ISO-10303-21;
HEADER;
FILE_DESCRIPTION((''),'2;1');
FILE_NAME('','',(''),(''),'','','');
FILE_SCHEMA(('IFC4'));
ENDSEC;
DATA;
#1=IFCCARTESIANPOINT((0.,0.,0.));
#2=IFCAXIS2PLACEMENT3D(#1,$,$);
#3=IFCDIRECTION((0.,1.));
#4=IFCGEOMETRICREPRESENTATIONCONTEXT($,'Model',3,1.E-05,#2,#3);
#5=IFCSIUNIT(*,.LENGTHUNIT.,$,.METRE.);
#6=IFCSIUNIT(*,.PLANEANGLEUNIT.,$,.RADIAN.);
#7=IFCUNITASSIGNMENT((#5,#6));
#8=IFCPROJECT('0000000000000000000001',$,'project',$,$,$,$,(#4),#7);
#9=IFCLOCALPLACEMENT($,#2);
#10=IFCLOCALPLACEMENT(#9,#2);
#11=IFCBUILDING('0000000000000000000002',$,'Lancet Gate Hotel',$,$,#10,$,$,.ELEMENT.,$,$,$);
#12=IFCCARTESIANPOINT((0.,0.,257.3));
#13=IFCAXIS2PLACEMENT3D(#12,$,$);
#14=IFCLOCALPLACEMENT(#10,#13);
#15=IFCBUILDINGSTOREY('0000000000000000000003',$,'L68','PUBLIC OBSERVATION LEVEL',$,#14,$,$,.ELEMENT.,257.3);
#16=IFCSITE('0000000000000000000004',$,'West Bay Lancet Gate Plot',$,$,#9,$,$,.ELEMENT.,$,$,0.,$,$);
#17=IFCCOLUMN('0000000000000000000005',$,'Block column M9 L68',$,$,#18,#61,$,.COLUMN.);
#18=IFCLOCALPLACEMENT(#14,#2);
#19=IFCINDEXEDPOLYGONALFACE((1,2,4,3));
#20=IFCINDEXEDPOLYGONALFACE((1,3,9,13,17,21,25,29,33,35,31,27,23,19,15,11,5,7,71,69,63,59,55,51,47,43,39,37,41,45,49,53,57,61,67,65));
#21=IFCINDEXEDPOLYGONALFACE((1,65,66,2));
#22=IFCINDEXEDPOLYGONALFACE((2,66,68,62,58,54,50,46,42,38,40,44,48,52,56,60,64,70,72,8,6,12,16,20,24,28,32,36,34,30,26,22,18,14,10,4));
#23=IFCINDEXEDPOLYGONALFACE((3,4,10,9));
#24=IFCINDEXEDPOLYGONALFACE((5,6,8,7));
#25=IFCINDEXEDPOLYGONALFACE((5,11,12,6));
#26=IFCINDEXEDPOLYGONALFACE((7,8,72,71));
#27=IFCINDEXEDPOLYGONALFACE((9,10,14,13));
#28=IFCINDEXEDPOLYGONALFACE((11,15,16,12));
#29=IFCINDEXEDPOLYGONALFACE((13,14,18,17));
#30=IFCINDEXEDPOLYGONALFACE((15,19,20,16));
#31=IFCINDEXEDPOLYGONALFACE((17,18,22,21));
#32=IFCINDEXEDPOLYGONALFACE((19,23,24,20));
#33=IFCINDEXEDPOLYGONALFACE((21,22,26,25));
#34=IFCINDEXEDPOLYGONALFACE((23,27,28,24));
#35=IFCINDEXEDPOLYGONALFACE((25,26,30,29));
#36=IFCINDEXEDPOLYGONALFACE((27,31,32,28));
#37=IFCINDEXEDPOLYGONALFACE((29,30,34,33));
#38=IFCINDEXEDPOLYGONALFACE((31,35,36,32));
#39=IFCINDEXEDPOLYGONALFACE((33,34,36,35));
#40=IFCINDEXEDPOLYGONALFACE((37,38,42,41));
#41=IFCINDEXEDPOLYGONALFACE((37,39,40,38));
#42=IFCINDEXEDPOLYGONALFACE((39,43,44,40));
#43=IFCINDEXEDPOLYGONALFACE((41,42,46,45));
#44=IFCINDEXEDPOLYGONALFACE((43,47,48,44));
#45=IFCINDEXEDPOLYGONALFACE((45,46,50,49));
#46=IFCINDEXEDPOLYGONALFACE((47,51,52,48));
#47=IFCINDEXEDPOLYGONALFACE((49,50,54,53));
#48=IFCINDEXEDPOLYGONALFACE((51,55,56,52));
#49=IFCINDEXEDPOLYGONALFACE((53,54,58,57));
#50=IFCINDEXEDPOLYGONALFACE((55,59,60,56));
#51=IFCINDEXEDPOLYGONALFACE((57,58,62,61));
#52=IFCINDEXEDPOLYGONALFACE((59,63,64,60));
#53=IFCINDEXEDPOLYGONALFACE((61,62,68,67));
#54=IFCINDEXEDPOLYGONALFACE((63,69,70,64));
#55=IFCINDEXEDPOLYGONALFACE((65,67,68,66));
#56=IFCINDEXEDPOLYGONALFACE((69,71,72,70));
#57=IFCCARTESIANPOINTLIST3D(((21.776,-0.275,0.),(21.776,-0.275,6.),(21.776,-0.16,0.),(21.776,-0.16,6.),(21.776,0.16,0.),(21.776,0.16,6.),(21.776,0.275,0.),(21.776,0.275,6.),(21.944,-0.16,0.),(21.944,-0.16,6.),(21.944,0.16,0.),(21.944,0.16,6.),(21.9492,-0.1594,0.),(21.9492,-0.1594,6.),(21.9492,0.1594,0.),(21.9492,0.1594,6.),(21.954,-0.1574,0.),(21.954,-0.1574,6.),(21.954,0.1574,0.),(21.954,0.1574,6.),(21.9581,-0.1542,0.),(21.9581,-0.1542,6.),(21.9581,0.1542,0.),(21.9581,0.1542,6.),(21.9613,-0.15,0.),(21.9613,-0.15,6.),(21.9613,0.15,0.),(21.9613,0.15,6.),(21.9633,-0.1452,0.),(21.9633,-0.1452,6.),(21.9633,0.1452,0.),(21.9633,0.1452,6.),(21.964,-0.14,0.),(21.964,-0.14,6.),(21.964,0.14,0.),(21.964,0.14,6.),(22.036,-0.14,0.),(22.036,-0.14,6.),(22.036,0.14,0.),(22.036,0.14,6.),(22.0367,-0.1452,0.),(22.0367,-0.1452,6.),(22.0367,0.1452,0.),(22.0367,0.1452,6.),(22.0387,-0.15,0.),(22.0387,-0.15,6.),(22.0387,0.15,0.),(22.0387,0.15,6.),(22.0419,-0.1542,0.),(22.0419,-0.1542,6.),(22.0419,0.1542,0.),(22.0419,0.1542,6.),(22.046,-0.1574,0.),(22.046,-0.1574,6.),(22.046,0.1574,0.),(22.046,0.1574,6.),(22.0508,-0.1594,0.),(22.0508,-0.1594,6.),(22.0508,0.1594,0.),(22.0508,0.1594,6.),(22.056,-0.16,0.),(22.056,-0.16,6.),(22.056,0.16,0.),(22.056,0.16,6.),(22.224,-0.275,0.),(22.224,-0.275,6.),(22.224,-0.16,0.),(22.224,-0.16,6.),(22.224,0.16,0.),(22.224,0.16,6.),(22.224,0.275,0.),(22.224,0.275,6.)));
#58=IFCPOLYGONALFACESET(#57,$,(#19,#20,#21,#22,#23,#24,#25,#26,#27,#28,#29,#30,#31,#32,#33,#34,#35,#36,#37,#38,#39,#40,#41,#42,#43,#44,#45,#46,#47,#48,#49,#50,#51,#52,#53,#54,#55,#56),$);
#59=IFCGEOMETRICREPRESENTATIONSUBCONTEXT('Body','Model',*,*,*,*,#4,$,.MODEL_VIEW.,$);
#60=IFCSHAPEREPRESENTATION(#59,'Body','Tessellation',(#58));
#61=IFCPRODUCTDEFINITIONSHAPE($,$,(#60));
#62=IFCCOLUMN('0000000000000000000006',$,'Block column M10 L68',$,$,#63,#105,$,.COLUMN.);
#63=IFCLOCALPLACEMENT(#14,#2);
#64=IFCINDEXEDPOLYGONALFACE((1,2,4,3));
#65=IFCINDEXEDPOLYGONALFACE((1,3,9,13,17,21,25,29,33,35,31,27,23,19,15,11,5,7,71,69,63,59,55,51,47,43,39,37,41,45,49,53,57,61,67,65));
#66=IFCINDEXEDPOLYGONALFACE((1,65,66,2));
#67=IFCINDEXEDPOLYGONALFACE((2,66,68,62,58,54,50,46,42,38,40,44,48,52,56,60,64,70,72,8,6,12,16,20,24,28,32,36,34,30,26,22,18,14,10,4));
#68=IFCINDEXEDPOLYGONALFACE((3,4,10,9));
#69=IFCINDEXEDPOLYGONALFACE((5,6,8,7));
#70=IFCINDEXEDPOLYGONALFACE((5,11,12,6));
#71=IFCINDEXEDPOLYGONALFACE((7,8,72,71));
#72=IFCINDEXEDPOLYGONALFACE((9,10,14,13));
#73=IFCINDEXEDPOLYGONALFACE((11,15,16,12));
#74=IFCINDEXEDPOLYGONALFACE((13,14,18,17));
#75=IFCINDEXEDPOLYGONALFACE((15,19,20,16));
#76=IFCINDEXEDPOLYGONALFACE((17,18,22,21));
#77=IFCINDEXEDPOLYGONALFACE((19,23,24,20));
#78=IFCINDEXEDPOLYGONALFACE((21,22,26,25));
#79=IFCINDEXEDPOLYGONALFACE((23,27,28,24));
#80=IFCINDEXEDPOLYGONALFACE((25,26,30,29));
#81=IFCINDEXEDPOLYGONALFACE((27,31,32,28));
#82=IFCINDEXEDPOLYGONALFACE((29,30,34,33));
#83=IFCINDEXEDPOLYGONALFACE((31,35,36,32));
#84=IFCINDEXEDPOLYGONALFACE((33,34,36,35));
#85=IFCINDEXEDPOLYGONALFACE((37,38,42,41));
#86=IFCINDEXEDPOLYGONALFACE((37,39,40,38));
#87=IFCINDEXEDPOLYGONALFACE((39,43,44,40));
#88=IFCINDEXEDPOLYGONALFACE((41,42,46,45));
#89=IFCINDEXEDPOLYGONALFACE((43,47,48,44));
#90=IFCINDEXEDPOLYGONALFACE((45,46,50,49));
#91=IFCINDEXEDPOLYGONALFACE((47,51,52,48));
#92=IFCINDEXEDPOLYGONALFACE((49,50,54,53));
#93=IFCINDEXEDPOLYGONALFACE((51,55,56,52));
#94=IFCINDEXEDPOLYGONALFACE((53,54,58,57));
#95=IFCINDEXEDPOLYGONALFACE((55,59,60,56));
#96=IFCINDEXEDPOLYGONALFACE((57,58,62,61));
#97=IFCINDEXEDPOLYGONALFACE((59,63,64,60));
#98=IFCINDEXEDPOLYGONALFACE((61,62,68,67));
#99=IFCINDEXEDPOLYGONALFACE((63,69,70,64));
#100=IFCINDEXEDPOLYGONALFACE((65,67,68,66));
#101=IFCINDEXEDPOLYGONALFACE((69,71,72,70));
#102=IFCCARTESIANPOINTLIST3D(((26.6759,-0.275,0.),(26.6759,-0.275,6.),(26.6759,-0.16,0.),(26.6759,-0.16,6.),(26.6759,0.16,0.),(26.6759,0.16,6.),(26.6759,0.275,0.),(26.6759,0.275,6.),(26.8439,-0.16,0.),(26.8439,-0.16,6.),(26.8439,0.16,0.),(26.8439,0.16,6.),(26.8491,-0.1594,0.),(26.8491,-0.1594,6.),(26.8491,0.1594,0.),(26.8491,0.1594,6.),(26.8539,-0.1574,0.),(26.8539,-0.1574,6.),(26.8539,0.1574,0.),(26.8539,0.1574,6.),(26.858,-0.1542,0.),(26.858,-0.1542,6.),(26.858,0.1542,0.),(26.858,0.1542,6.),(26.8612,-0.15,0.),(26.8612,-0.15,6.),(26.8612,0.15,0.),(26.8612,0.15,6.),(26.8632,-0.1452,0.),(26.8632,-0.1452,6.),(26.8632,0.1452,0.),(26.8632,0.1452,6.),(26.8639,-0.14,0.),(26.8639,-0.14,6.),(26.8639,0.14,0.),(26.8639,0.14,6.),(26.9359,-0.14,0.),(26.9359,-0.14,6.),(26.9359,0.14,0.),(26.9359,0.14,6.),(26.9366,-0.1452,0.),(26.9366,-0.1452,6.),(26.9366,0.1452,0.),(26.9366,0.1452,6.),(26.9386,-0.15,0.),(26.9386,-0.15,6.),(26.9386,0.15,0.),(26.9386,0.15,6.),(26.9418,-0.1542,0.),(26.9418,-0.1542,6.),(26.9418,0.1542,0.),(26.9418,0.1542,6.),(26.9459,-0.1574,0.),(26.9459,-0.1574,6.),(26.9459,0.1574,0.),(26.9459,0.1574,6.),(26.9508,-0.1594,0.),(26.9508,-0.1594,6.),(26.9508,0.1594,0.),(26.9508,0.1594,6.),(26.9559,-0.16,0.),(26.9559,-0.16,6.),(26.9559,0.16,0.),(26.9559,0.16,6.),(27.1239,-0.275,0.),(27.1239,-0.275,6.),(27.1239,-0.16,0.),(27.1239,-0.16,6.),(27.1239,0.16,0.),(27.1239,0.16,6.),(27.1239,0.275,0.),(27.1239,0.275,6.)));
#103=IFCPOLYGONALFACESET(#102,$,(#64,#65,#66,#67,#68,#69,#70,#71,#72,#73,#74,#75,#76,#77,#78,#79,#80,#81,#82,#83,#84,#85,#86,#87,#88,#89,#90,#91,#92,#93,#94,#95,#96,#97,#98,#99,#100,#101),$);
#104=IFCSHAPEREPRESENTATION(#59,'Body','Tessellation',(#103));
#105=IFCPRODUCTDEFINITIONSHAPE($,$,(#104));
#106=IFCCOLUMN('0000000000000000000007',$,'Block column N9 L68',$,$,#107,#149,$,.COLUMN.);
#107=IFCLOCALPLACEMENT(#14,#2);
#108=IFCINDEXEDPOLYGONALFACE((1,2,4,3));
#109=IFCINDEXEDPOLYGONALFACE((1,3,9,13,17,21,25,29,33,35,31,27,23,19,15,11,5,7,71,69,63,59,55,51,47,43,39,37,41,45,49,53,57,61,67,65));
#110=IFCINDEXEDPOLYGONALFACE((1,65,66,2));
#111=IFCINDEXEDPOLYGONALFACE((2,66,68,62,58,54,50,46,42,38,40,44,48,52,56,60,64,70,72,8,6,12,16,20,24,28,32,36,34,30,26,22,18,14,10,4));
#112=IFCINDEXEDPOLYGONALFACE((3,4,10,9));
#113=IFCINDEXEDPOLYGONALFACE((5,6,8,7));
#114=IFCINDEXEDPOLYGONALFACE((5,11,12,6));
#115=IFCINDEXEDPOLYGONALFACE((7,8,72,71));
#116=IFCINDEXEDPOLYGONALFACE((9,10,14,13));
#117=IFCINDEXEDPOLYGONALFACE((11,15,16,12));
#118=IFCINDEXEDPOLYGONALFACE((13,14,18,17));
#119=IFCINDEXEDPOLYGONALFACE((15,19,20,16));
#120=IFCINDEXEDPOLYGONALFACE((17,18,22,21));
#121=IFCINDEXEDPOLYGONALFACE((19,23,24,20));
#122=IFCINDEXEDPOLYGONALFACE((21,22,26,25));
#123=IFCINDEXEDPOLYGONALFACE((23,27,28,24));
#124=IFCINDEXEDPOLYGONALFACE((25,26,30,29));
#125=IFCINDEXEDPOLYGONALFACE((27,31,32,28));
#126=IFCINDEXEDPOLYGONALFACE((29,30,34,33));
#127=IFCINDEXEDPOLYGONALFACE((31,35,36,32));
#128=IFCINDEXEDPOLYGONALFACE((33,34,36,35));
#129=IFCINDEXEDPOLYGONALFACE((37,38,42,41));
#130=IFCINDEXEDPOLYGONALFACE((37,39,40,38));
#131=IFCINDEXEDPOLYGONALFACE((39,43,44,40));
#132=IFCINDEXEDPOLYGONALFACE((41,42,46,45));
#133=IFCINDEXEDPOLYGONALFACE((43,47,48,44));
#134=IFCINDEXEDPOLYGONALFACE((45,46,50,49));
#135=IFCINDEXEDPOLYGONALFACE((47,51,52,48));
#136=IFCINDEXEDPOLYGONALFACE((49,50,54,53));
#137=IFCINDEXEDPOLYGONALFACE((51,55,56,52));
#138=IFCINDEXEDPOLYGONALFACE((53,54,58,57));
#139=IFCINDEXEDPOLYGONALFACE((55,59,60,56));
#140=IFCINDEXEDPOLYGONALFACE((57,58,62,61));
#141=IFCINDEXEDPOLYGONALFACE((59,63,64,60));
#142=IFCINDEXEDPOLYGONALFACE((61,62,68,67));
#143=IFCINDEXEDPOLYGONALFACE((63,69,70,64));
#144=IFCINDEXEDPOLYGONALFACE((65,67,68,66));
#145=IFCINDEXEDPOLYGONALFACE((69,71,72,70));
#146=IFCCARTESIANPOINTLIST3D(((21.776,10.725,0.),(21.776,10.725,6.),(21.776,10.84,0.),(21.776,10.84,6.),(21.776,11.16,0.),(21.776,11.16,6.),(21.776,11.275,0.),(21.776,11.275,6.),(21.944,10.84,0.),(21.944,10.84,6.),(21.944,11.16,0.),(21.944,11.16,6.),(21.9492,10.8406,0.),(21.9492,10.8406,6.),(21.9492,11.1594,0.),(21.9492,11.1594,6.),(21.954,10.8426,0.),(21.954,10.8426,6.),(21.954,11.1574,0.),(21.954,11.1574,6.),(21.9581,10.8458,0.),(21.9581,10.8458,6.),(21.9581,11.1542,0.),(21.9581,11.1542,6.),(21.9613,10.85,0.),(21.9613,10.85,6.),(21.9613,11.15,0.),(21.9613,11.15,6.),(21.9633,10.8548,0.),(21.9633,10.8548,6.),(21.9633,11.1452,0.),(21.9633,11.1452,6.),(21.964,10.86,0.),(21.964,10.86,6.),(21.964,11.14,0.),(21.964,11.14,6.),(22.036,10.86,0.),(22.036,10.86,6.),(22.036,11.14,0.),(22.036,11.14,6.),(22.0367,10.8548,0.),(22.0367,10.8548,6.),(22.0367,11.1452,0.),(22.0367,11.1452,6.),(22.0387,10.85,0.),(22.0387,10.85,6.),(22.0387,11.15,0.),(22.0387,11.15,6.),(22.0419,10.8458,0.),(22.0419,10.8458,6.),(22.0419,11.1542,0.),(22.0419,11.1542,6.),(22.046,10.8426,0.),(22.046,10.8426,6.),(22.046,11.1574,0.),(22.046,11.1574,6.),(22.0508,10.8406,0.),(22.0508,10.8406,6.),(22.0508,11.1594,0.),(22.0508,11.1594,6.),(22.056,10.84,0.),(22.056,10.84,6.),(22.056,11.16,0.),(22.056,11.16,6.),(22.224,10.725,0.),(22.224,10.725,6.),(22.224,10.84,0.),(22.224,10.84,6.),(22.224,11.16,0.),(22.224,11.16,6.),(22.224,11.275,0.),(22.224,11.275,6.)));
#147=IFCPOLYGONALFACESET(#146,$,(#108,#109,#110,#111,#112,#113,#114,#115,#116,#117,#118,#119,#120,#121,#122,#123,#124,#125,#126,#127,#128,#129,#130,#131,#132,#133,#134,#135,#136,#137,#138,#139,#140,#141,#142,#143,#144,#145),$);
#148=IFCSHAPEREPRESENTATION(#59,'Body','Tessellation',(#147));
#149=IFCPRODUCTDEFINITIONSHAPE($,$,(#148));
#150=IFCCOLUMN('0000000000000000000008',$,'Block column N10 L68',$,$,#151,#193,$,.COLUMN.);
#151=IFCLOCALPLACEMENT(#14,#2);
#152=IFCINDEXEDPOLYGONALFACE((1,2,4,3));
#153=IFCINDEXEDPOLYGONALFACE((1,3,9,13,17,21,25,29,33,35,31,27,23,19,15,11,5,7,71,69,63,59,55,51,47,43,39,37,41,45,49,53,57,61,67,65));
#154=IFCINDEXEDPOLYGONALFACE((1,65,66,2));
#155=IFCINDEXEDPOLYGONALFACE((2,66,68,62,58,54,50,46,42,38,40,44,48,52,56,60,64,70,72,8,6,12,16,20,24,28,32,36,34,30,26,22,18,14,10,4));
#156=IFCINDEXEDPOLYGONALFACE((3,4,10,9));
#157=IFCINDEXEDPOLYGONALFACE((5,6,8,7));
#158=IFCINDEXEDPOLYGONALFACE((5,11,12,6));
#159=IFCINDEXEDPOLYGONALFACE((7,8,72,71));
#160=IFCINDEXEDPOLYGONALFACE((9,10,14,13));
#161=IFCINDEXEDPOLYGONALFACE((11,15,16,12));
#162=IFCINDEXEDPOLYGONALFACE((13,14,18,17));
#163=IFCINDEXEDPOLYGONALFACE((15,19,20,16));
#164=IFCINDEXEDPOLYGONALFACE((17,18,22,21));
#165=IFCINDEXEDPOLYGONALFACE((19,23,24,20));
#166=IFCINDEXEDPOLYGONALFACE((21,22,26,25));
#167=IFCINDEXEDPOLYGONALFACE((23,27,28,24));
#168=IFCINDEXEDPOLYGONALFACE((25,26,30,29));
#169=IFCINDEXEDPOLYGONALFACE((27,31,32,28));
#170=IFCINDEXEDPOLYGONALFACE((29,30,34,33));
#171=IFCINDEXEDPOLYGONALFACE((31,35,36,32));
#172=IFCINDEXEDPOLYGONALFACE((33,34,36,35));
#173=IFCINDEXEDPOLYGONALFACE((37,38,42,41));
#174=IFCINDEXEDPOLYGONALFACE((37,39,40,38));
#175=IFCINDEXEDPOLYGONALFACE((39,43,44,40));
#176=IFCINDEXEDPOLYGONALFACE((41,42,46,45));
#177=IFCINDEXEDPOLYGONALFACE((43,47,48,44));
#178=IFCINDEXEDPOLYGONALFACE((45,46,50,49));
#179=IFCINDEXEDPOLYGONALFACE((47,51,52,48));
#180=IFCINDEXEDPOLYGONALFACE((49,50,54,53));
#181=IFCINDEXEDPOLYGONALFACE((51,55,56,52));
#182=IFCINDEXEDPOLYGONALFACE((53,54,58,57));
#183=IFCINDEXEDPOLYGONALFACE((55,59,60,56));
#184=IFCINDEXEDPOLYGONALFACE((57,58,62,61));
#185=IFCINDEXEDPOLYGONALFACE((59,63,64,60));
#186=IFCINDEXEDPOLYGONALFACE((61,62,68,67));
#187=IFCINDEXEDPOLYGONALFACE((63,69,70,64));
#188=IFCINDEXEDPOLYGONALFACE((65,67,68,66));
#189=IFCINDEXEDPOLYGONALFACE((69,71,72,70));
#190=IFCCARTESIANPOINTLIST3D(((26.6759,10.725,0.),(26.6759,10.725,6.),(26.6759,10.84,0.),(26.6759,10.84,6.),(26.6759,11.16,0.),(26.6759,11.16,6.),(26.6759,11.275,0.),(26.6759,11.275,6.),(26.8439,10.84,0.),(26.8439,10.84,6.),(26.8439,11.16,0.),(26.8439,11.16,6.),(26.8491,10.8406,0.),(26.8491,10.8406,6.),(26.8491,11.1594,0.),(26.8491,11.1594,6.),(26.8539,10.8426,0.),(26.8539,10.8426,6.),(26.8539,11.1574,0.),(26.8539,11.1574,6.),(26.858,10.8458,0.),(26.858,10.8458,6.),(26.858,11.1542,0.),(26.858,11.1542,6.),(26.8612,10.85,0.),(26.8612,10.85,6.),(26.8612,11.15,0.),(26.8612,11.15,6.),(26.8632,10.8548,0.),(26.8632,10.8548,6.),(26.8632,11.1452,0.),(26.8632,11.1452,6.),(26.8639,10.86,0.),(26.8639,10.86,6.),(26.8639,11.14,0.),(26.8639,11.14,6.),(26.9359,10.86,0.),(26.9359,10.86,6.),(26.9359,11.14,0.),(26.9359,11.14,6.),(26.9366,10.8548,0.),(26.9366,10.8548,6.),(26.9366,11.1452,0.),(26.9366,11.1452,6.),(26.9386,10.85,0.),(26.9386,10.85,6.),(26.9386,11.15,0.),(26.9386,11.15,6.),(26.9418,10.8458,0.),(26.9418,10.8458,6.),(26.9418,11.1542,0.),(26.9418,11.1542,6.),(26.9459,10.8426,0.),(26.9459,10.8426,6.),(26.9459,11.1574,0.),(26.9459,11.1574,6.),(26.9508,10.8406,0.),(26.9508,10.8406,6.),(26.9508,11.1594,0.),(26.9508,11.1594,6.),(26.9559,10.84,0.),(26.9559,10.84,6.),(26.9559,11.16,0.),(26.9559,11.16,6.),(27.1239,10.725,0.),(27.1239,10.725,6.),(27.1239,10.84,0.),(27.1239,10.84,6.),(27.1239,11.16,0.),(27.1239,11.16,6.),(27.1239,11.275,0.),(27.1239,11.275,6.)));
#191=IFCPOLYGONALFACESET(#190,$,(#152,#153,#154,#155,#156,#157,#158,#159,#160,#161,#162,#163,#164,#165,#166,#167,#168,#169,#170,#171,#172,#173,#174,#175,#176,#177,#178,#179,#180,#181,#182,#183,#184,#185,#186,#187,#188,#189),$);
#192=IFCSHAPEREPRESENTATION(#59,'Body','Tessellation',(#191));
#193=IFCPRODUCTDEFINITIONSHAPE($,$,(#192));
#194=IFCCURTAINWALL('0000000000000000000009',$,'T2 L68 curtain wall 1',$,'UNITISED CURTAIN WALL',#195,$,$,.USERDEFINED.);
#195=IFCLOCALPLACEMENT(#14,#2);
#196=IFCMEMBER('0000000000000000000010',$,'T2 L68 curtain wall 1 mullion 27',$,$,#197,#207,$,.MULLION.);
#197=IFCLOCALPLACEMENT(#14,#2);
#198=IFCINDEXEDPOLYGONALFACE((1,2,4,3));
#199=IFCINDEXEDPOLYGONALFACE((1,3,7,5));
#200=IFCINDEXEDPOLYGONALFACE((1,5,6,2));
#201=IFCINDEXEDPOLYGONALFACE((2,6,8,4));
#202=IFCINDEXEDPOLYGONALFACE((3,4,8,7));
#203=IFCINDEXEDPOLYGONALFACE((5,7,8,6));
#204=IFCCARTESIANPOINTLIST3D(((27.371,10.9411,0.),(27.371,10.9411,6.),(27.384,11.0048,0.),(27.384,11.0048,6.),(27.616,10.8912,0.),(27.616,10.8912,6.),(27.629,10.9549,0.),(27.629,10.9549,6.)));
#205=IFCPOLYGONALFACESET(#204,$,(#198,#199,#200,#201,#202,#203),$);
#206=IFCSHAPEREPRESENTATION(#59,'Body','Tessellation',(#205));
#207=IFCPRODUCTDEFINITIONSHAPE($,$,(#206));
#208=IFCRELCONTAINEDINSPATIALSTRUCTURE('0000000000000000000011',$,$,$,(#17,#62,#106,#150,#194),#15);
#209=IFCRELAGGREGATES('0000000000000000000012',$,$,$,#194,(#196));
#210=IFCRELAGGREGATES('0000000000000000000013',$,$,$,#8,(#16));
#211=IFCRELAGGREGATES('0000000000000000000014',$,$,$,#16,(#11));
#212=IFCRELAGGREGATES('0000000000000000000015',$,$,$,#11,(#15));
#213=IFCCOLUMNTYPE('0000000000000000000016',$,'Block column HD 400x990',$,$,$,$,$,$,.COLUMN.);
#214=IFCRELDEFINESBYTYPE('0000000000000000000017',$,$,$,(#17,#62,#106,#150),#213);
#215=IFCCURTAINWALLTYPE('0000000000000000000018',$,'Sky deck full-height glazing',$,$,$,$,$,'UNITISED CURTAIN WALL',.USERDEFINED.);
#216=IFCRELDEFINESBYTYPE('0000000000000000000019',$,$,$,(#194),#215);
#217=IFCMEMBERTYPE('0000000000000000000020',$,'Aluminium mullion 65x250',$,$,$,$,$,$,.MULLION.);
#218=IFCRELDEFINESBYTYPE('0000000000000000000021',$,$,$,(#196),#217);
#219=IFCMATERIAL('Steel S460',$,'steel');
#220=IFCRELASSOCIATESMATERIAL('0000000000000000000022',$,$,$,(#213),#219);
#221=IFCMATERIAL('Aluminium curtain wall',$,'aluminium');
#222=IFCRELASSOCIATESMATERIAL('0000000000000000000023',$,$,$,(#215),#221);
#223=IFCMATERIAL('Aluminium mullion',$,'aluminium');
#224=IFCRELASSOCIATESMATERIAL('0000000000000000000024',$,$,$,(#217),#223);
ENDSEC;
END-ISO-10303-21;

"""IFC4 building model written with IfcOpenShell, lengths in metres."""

from ifc_helpers import new_model, si_unit, direction, frame, origin, origin_2d, place, context, subcontext, project, spatial, rectangle, i_section, extrude, material, material_profile, profile_set, type_object, element, aggregate, save


model = new_model("IFC4")

# Units and contexts
model_context = context("Model", 3, precision=1e-05, world=origin(), true_north=direction((0.0, 1.0)))
body_context = subcontext(model_context, "Body", "Model", "MODEL_VIEW")
ifc_project = project(units=[si_unit("LENGTHUNIT", "METRE"), si_unit("PLANEANGLEUNIT", "RADIAN")], contexts=[model_context])

# Site, building, storey
site_placement = place(None, origin())
site = spatial("IfcSite", under=ifc_project, at=site_placement, Name="West Bay Lancet Gate Plot", CompositionType="ELEMENT", RefElevation=0.0)
building_placement = place(site_placement, origin())
building = spatial("IfcBuilding", under=site, at=building_placement, Name="Lancet Gate Hotel", CompositionType="ELEMENT")
storey_placement = place(building_placement, frame((0.0, 0.0, 257.3)))
storey = spatial("IfcBuildingStorey", under=building, at=storey_placement, Name="L68", Description="PUBLIC OBSERVATION LEVEL", CompositionType="ELEMENT", Elevation=257.3)

# Columns
ifc_material_1 = material(Name="Steel S460", Category="steel")
ifc_material_profile_1 = material_profile(ifc_material_1, i_section(OverallWidth=0.448, OverallDepth=0.55, WebThickness=0.072, FlangeThickness=0.115, FilletRadius=0.02, at=origin_2d()), Name="HD 400x990")
ifc_profile_set_1 = profile_set([ifc_material_profile_1], Name="Steel S460")
column_type = type_object("IfcColumnType", Name="Block column HD 400x990", PredefinedType="COLUMN", material=ifc_profile_set_1)
for number, where, z_axis, x_axis, name in (
    (1, (22.0, 0.0, 0.0), (0.0, 0.0, 1.0), (1.0, 0.0, 0.0), "Block column M9 L68"),
    (2, (26.8999, 0.0, 0.0), (0.0, 0.0, 1.0), (1.0, 0.0, 0.0), "Block column M10 L68"),
    (3, (22.0, 11.0, 0.0), (0.0, 0.0, 1.0), (1.0, 0.0, 0.0), "Block column N9 L68"),
    (4, (26.8999, 11.0, 0.0), (0.0, 0.0, 1.0), (1.0, 0.0, 0.0), "Block column N10 L68"),
):
    element("IfcColumn", number, at=place(storey_placement, frame(where, z_axis=z_axis, x_axis=x_axis)), inside=storey, type_object=column_type, Name=name, PredefinedType="COLUMN", context=body_context, shape_type="SweptSolid", body=[
        extrude(i_section(OverallWidth=0.448, OverallDepth=0.55, WebThickness=0.072, FlangeThickness=0.115, FilletRadius=0.02, at=origin_2d()), origin(), (0.0, 0.0, 1.0), 6.0),
    ])

# Curtain wall, member
ifc_material_2 = material(Name="Aluminium curtain wall", Category="aluminium")
curtain_wall_type = type_object("IfcCurtainWallType", Name="Sky deck full-height glazing", ElementType="UNITISED CURTAIN WALL", PredefinedType="USERDEFINED", material=ifc_material_2)
curtain_wall_placement = place(storey_placement, origin())
curtain_wall = element("IfcCurtainWall", 5, at=curtain_wall_placement, inside=storey, type_object=curtain_wall_type, Name="T2 L68 curtain wall 1", ObjectType="UNITISED CURTAIN WALL", PredefinedType="USERDEFINED")
ifc_material_3 = material(Name="Aluminium mullion", Category="aluminium")
ifc_material_profile_2 = material_profile(ifc_material_3, rectangle(XDim=0.0649, YDim=0.25, at=origin_2d()), Name="MULLION 65x250")
ifc_profile_set_2 = profile_set([ifc_material_profile_2], Name="Aluminium mullion")
member_type_1 = type_object("IfcMemberType", Name="Aluminium mullion 65x250", PredefinedType="MULLION", material=ifc_profile_set_2)
member_1_placement = place(storey_placement, frame((27.5, 10.948, 0.0), z_axis=(0.0, 0.0, 1.0), x_axis=(-0.199533, -0.979891, 0.0)))
member_1 = element("IfcMember", 6, at=member_1_placement, type_object=member_type_1, Name="T2 L68 curtain wall 1 mullion 27", PredefinedType="MULLION", context=body_context, shape_type="SweptSolid", body=[
    extrude(rectangle(XDim=0.0649, YDim=0.25, at=origin_2d()), origin(), (0.0, 0.0, 1.0), 6.0),
])
aggregate(curtain_wall, [member_1])

save(model, "model.ifc")
